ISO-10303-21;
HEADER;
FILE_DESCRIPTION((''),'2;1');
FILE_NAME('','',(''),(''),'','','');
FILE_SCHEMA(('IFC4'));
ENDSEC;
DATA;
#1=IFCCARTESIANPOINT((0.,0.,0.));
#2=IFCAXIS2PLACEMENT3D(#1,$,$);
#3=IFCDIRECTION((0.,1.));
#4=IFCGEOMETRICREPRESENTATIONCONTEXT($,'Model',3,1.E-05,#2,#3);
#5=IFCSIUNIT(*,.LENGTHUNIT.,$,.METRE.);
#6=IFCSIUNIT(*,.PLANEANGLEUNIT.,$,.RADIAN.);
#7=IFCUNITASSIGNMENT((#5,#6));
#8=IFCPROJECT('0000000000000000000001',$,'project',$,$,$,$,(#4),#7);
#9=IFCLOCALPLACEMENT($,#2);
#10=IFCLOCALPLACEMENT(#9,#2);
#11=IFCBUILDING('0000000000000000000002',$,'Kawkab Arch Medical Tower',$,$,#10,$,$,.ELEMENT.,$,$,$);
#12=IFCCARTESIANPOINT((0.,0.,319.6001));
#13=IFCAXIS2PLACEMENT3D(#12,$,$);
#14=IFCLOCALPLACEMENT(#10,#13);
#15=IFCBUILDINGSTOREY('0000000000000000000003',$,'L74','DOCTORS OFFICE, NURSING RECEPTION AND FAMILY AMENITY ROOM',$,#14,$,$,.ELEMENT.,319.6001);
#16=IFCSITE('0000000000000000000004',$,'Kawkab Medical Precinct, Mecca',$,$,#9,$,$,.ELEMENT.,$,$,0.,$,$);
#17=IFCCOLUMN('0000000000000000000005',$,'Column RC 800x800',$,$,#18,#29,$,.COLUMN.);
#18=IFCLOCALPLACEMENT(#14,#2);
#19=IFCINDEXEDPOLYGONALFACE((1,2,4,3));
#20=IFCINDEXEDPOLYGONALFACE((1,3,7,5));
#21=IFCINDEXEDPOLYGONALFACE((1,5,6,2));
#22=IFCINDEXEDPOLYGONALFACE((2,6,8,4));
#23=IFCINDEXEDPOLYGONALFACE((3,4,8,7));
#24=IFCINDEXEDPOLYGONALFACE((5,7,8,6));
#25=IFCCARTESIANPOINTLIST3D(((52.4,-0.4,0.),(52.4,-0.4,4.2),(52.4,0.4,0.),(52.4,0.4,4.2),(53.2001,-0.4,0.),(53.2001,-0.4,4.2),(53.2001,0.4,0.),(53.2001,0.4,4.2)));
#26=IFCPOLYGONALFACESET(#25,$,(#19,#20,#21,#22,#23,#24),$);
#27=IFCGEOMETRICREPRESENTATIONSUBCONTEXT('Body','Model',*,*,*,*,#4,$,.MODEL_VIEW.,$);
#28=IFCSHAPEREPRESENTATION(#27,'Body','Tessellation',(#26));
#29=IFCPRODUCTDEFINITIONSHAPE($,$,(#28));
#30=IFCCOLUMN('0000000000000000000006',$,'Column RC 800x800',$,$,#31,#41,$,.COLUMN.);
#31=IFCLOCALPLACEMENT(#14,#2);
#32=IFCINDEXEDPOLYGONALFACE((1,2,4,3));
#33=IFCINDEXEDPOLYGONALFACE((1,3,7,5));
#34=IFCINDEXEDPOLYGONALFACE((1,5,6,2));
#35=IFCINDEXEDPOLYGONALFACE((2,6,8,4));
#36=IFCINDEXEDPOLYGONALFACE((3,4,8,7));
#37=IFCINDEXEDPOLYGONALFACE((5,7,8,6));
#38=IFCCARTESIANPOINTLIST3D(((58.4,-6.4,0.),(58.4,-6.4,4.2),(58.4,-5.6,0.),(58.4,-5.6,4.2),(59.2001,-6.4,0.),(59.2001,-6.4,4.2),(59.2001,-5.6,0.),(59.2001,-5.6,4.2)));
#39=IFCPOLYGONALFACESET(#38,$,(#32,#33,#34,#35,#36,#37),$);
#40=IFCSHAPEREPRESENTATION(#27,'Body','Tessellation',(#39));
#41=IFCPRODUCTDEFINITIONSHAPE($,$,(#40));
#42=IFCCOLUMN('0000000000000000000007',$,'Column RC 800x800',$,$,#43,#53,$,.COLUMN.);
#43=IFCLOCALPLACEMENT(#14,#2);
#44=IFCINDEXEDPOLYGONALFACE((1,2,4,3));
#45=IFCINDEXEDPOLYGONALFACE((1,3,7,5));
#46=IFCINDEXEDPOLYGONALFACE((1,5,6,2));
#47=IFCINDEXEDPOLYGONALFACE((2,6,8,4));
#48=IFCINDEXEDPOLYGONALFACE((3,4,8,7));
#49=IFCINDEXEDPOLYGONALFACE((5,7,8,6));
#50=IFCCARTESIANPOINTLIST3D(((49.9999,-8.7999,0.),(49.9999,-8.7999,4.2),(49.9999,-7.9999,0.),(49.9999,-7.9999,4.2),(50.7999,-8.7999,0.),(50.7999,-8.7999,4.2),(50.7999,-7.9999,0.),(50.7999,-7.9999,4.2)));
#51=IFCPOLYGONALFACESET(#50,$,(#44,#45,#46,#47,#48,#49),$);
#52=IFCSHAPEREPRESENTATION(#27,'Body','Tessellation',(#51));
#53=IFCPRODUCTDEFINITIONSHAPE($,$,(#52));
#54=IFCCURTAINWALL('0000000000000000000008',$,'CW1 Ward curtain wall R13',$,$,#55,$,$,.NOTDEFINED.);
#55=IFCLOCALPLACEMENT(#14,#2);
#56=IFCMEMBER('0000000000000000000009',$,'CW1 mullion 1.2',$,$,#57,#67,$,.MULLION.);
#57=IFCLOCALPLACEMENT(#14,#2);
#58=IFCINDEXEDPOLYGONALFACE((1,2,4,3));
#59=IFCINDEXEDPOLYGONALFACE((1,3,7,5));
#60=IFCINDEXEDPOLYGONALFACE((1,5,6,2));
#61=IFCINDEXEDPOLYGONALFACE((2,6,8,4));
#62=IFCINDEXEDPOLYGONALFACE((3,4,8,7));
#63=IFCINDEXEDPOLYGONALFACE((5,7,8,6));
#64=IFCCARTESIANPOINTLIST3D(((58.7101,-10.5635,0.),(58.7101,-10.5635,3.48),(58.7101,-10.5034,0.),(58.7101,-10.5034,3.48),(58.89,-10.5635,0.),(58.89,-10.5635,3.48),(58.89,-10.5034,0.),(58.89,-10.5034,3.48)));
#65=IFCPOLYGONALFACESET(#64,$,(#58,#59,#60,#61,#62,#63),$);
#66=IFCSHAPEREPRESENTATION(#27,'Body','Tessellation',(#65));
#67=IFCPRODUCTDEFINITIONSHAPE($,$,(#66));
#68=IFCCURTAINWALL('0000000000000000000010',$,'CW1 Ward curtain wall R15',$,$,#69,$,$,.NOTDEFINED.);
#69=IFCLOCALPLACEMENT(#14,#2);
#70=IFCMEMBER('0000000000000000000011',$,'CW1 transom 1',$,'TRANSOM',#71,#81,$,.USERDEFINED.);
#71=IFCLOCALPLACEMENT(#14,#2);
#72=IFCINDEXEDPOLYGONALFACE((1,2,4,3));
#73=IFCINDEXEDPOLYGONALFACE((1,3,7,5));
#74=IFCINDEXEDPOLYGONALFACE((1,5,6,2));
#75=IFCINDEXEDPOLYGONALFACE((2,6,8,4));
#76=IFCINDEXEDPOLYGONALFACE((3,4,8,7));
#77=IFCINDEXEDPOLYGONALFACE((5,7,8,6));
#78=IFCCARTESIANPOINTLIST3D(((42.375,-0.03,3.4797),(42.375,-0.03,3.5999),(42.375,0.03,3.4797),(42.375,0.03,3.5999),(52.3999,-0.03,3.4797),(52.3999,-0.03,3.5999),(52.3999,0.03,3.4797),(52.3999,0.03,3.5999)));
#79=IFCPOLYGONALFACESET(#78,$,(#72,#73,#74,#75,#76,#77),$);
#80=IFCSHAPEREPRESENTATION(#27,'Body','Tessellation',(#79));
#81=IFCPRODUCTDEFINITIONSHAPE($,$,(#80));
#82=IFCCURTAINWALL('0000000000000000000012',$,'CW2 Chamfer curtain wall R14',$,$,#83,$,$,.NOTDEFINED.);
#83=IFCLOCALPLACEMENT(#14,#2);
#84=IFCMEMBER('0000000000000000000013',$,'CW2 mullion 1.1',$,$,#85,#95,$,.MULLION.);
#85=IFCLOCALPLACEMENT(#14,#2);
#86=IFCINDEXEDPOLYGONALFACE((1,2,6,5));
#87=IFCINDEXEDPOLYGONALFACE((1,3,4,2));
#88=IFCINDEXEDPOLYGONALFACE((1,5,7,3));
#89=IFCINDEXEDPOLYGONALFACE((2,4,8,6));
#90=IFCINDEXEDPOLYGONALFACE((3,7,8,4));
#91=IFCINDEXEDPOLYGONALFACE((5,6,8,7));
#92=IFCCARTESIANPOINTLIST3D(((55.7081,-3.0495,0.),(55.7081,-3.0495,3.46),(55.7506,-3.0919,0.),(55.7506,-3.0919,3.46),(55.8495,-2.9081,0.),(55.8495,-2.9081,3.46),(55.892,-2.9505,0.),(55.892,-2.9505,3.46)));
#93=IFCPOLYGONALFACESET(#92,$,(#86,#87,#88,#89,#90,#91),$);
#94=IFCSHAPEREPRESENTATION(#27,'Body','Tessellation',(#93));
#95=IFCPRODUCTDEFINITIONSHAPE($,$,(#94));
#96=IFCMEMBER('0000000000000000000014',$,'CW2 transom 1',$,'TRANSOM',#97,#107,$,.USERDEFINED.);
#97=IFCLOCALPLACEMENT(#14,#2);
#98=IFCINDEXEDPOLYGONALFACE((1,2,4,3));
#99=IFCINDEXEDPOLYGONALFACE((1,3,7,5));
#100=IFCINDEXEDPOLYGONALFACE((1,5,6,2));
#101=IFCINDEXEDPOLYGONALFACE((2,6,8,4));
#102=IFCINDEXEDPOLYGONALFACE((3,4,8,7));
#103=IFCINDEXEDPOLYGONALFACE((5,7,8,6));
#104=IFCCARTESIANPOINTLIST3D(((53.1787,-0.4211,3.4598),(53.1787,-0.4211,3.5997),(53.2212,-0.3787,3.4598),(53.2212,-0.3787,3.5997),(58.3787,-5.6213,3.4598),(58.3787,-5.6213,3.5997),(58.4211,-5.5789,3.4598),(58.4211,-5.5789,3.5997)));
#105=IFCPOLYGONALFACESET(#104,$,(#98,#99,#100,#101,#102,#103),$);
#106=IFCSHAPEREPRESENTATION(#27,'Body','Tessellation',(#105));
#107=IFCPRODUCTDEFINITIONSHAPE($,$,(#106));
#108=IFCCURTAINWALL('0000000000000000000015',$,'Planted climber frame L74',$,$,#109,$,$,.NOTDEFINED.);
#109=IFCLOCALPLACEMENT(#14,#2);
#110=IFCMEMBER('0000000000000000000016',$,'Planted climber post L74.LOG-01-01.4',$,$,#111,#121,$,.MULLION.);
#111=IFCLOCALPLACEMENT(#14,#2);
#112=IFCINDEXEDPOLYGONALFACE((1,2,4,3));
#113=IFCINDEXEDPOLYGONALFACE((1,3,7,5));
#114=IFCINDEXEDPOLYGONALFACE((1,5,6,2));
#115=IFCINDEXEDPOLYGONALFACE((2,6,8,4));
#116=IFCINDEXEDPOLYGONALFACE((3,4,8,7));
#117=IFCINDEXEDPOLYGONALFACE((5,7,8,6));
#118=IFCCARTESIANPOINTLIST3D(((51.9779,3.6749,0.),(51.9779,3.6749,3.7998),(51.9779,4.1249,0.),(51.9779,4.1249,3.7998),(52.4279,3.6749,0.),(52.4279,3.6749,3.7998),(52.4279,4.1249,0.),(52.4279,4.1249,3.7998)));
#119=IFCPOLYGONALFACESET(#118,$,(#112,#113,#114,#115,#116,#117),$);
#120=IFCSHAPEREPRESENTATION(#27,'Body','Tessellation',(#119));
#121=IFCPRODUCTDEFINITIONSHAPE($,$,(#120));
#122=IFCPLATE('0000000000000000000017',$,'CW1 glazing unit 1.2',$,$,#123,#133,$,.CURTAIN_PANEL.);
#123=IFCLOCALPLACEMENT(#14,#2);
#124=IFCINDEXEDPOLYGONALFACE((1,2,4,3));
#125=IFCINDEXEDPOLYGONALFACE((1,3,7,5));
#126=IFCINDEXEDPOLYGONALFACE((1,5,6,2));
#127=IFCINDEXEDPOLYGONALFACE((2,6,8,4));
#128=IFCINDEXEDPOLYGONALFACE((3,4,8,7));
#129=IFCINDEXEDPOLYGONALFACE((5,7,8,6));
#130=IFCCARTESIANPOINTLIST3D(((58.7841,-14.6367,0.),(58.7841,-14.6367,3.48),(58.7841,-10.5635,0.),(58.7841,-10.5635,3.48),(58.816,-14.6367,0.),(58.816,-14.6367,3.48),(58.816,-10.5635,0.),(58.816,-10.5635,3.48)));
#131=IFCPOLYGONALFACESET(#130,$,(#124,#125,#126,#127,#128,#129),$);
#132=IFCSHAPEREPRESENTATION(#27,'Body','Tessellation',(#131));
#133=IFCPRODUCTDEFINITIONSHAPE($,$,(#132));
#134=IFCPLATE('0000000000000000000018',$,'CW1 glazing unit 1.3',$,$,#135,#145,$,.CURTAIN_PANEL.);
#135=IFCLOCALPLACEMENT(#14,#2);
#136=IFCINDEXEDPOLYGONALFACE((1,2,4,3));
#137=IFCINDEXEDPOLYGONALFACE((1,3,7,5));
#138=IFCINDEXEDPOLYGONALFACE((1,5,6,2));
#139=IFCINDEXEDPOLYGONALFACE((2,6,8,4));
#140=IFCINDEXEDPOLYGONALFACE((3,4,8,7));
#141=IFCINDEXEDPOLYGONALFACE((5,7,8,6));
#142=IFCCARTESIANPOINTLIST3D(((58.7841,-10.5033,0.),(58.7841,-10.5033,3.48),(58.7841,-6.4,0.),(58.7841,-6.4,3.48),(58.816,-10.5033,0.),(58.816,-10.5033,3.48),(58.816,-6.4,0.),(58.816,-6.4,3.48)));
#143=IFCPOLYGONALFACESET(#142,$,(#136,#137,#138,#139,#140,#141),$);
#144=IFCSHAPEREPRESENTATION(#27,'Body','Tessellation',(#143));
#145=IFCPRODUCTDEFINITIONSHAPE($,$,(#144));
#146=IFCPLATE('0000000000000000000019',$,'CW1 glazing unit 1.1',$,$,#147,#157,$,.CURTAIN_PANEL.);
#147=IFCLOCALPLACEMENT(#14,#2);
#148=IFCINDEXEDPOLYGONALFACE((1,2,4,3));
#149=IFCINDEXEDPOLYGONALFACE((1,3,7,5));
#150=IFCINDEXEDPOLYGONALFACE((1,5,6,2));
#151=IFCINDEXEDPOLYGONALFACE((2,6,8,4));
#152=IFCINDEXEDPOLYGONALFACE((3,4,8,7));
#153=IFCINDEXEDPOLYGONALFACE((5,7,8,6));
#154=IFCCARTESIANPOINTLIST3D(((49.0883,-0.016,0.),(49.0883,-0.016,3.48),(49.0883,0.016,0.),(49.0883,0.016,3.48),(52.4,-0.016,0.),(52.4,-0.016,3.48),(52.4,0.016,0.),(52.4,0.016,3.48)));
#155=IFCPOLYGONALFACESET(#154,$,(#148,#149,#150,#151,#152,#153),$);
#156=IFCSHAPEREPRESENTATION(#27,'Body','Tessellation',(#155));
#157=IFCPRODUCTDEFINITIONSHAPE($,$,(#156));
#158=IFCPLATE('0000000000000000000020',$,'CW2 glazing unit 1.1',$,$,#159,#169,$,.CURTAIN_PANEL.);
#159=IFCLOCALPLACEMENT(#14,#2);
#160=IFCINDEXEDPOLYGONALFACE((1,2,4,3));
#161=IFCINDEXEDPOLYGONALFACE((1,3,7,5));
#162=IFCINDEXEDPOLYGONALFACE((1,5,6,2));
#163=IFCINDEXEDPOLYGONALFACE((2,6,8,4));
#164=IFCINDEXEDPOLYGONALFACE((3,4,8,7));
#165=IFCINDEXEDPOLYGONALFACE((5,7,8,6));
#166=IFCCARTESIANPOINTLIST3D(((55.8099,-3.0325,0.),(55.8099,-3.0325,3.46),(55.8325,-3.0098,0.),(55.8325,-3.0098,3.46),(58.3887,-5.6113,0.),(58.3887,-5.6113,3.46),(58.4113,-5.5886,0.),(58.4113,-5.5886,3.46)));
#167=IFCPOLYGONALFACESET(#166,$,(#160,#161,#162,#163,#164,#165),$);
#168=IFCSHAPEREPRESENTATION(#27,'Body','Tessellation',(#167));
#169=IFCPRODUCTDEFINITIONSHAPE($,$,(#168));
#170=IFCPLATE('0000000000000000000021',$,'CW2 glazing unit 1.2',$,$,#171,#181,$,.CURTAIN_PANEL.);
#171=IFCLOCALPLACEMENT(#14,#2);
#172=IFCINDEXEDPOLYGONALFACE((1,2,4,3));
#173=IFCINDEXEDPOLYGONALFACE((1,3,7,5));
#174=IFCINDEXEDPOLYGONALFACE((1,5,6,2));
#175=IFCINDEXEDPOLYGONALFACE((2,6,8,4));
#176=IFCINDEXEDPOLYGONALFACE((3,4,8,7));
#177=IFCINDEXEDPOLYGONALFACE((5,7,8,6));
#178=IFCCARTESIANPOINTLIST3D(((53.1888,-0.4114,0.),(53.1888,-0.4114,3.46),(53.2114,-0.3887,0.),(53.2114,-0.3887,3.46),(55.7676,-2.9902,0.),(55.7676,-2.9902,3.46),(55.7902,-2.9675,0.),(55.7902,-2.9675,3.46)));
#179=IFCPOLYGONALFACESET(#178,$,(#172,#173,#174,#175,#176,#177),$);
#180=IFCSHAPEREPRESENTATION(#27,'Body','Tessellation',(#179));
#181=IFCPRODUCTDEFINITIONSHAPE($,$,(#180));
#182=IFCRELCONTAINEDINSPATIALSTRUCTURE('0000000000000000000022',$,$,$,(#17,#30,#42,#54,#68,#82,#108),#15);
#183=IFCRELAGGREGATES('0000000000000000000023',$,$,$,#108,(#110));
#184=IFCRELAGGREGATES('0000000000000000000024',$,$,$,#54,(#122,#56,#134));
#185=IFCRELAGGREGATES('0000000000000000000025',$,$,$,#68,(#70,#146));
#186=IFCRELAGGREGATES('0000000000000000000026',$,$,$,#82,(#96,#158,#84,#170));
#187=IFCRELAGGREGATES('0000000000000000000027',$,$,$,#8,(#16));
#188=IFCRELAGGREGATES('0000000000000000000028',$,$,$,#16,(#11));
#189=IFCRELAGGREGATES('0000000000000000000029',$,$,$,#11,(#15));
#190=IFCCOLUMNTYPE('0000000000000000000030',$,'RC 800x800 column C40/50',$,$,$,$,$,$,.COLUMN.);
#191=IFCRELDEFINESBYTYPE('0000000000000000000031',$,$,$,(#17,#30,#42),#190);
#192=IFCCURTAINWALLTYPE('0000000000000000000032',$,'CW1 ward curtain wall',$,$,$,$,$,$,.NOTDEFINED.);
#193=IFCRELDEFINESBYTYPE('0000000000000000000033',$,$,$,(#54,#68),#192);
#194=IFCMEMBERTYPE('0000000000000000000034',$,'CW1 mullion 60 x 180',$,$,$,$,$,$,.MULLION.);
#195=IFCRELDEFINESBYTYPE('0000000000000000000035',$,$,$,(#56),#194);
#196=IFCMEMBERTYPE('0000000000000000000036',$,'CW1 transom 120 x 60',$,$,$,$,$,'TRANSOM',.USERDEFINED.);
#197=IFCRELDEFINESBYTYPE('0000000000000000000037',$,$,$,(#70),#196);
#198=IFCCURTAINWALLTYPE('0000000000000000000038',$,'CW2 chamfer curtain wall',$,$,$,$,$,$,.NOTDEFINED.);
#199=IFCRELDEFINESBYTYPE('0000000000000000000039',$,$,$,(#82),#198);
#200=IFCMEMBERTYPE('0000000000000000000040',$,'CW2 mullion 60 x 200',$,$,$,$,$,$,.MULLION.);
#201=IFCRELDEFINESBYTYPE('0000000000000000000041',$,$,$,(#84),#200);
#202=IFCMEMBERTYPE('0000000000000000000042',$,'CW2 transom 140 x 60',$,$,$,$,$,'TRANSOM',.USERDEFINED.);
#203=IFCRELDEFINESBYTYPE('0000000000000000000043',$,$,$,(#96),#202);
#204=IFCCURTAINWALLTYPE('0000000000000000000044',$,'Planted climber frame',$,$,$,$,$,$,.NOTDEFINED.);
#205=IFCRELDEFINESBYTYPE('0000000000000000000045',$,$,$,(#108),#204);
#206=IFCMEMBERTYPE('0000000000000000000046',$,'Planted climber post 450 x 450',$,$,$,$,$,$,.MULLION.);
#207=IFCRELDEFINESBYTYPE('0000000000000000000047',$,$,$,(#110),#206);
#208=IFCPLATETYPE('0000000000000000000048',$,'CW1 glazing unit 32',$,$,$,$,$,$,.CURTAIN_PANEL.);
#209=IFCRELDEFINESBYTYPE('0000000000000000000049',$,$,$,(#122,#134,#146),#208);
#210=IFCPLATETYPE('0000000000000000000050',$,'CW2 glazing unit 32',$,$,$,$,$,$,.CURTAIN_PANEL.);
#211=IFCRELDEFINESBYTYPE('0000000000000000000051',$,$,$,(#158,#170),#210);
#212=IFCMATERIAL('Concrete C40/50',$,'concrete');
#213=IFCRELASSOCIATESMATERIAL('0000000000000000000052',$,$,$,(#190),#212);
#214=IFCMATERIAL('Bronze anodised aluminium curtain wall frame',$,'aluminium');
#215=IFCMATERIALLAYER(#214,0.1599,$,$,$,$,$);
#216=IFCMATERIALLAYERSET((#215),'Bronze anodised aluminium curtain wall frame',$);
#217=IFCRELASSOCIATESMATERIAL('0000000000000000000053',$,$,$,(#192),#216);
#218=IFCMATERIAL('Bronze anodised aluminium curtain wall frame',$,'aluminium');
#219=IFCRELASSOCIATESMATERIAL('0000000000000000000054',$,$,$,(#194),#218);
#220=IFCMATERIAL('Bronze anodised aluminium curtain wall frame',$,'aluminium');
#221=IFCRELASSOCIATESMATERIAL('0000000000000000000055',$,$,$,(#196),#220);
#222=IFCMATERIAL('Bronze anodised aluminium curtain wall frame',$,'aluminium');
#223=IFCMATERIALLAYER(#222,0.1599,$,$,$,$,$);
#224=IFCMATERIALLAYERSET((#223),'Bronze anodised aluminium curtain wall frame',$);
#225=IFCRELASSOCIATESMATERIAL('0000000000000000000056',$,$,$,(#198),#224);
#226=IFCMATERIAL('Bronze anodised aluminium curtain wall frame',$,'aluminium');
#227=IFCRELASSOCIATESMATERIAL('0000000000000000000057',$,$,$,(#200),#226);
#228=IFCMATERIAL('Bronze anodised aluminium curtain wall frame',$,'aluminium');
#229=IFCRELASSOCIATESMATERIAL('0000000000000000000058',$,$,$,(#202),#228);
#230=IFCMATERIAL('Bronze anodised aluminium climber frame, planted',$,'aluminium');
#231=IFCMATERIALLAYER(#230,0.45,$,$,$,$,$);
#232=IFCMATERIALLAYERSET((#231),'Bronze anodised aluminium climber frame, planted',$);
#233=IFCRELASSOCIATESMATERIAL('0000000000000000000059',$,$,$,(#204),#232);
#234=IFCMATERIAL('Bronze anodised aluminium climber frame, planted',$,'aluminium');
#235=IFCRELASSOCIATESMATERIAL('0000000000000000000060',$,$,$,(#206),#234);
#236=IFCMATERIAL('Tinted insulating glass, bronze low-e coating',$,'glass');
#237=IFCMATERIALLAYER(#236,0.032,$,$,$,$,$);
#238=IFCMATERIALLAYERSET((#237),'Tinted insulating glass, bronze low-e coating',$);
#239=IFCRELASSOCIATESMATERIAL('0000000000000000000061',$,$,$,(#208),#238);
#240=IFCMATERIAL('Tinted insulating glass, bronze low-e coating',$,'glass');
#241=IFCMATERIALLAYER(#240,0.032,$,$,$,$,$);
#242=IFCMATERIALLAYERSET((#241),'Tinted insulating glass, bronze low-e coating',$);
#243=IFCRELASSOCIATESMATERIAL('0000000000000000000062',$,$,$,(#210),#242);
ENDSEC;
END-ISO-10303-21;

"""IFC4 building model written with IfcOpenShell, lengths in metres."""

from ifc_helpers import new_model, si_unit, direction, frame, origin, origin_2d, place, context, subcontext, project, spatial, rectangle, extrude, material, layer, layer_set, material_profile, profile_set, type_object, element, aggregate, save


model = new_model("IFC4")

# Units and contexts
model_context = context("Model", 3, precision=1e-05, world=origin(), true_north=direction((0.0, 1.0)))
body_context = subcontext(model_context, "Body", "Model", "MODEL_VIEW")
ifc_project = project(units=[si_unit("LENGTHUNIT", "METRE"), si_unit("PLANEANGLEUNIT", "RADIAN")], contexts=[model_context])

# Site, building, storey
site_placement = place(None, origin())
site = spatial("IfcSite", under=ifc_project, at=site_placement, Name="Kawkab Medical Precinct, Mecca", CompositionType="ELEMENT", RefElevation=0.0)
building_placement = place(site_placement, origin())
building = spatial("IfcBuilding", under=site, at=building_placement, Name="Kawkab Arch Medical Tower", CompositionType="ELEMENT")
storey_placement = place(building_placement, frame((0.0, 0.0, 319.6001)))
storey = spatial("IfcBuildingStorey", under=building, at=storey_placement, Name="L74", Description="DOCTORS OFFICE, NURSING RECEPTION AND FAMILY AMENITY ROOM", CompositionType="ELEMENT", Elevation=319.6001)

# Columns
ifc_material_1 = material(Name="Concrete C40/50", Category="concrete")
ifc_material_profile_1 = material_profile(ifc_material_1, rectangle(XDim=0.8, YDim=0.8, at=origin_2d()), Name="RC 800x800")
ifc_profile_set_1 = profile_set([ifc_material_profile_1], Name="Concrete C40/50")
column_type = type_object("IfcColumnType", Name="RC 800x800 column C40/50", PredefinedType="COLUMN", material=ifc_profile_set_1)
for number, where, z_axis, x_axis, name in (
    (1, (52.8, 0.0, 0.0), (0.0, 0.0, 1.0), (1.0, 0.0, 0.0), "Column RC 800x800"),
    (2, (58.8, -6.0, 0.0), (0.0, 0.0, 1.0), (1.0, 0.0, 0.0), "Column RC 800x800"),
    (3, (50.3999, -8.3999, 0.0), (0.0, 0.0, 1.0), (1.0, 0.0, 0.0), "Column RC 800x800"),
):
    element("IfcColumn", number, at=place(storey_placement, frame(where, z_axis=z_axis, x_axis=x_axis)), inside=storey, type_object=column_type, Name=name, PredefinedType="COLUMN", context=body_context, shape_type="SweptSolid", body=[
        extrude(rectangle(XDim=0.8, YDim=0.8, at=origin_2d()), origin(), (0.0, 0.0, 1.0), 4.2),
    ])

# Curtain walls, members
ifc_material_2 = material(Name="Bronze anodised aluminium curtain wall frame", Category="aluminium")
ifc_layer_1 = layer(ifc_material_2, 0.1599)
ifc_layer_set_1 = layer_set([ifc_layer_1], Name="Bronze anodised aluminium curtain wall frame")
curtain_wall_type_1 = type_object("IfcCurtainWallType", Name="CW1 ward curtain wall", PredefinedType="NOTDEFINED", material=ifc_layer_set_1)
placement = place(storey_placement, origin())
curtain_wall_1 = element("IfcCurtainWall", 4, at=placement, inside=storey, type_object=curtain_wall_type_1, Name="CW1 Ward curtain wall R13", PredefinedType="NOTDEFINED")
ifc_material_3 = material(Name="Bronze anodised aluminium curtain wall frame", Category="aluminium")
ifc_material_profile_2 = material_profile(ifc_material_3, rectangle(XDim=0.1799, YDim=0.0601, at=origin_2d()), Name="AL 60x180")
ifc_profile_set_2 = profile_set([ifc_material_profile_2], Name="Bronze anodised aluminium curtain wall frame")
member_type_1 = type_object("IfcMemberType", Name="CW1 mullion 60 x 180", PredefinedType="MULLION", material=ifc_profile_set_2)
member_1_placement = place(storey_placement, frame((58.8, -10.5334, 0.0), z_axis=(0.0, 0.0, 1.0), x_axis=(-1.0, 0.0, 0.0)))
member_1 = element("IfcMember", 5, at=member_1_placement, type_object=member_type_1, Name="CW1 mullion 1.2", PredefinedType="MULLION", context=body_context, shape_type="SweptSolid", body=[
    extrude(rectangle(XDim=0.1799, YDim=0.0601, at=origin_2d()), origin(), (0.0, 0.0, 1.0), 3.48),
])
curtain_wall_2 = element("IfcCurtainWall", 6, at=placement, inside=storey, type_object=curtain_wall_type_1, Name="CW1 Ward curtain wall R15", PredefinedType="NOTDEFINED")
ifc_material_4 = material(Name="Bronze anodised aluminium curtain wall frame", Category="aluminium")
ifc_material_profile_3 = material_profile(ifc_material_4, rectangle(XDim=0.0601, YDim=0.1201, at=origin_2d()), Name="AL 60x120")
ifc_profile_set_3 = profile_set([ifc_material_profile_3], Name="Bronze anodised aluminium curtain wall frame")
member_type_2 = type_object("IfcMemberType", Name="CW1 transom 120 x 60", ElementType="TRANSOM", PredefinedType="USERDEFINED", material=ifc_profile_set_3)
member_2_placement = place(storey_placement, frame((52.3999, 0.0, 3.5398), z_axis=(-1.0, 0.0, 0.0), x_axis=(0.0, -1.0, 0.0)))
member_2 = element("IfcMember", 7, at=member_2_placement, type_object=member_type_2, Name="CW1 transom 1", ObjectType="TRANSOM", PredefinedType="USERDEFINED", context=body_context, shape_type="SweptSolid", body=[
    extrude(rectangle(XDim=0.0601, YDim=0.1201, at=origin_2d()), origin(), (0.0, 0.0, 1.0), 10.0249),
])

# Curtain wall, members
ifc_material_5 = material(Name="Bronze anodised aluminium curtain wall frame", Category="aluminium")
ifc_layer_2 = layer(ifc_material_5, 0.1599)
ifc_layer_set_2 = layer_set([ifc_layer_2], Name="Bronze anodised aluminium curtain wall frame")
curtain_wall_type_2 = type_object("IfcCurtainWallType", Name="CW2 chamfer curtain wall", PredefinedType="NOTDEFINED", material=ifc_layer_set_2)
curtain_wall_3 = element("IfcCurtainWall", 8, at=placement, inside=storey, type_object=curtain_wall_type_2, Name="CW2 Chamfer curtain wall R14", PredefinedType="NOTDEFINED")
ifc_material_6 = material(Name="Bronze anodised aluminium curtain wall frame", Category="aluminium")
ifc_material_profile_4 = material_profile(ifc_material_6, rectangle(XDim=0.2, YDim=0.0601, at=origin_2d()), Name="AL 60x200")
ifc_profile_set_4 = profile_set([ifc_material_profile_4], Name="Bronze anodised aluminium curtain wall frame")
member_type_3 = type_object("IfcMemberType", Name="CW2 mullion 60 x 200", PredefinedType="MULLION", material=ifc_profile_set_4)
member_3_placement = place(storey_placement, frame((55.8, -3.0, 0.0), z_axis=(0.0, 0.0, 1.0), x_axis=(-0.707107, -0.707107, 0.0)))
member_3 = element("IfcMember", 9, at=member_3_placement, type_object=member_type_3, Name="CW2 mullion 1.1", PredefinedType="MULLION", context=body_context, shape_type="SweptSolid", body=[
    extrude(rectangle(XDim=0.2, YDim=0.0601, at=origin_2d()), origin(), (0.0, 0.0, 1.0), 3.46),
])
ifc_material_7 = material(Name="Bronze anodised aluminium curtain wall frame", Category="aluminium")
ifc_material_profile_5 = material_profile(ifc_material_7, rectangle(XDim=0.0601, YDim=0.1399, at=origin_2d()), Name="AL 60x140")
ifc_profile_set_5 = profile_set([ifc_material_profile_5], Name="Bronze anodised aluminium curtain wall frame")
member_type_4 = type_object("IfcMemberType", Name="CW2 transom 140 x 60", ElementType="TRANSOM", PredefinedType="USERDEFINED", material=ifc_profile_set_5)
member_4_placement = place(storey_placement, frame((58.3999, -5.6001, 3.5298), z_axis=(-0.70709, 0.707123, 0.0), x_axis=(-0.707123, -0.70709, 0.0)))
member_4 = element("IfcMember", 10, at=member_4_placement, type_object=member_type_4, Name="CW2 transom 1", ObjectType="TRANSOM", PredefinedType="USERDEFINED", context=body_context, shape_type="SweptSolid", body=[
    extrude(rectangle(XDim=0.0601, YDim=0.1399, at=origin_2d()), origin(), (0.0, 0.0, 1.0), 7.354),
])

# Curtain wall, member
ifc_material_8 = material(Name="Bronze anodised aluminium climber frame, planted", Category="aluminium")
ifc_layer_3 = layer(ifc_material_8, 0.45)
ifc_layer_set_3 = layer_set([ifc_layer_3], Name="Bronze anodised aluminium climber frame, planted")
curtain_wall_type_3 = type_object("IfcCurtainWallType", Name="Planted climber frame", PredefinedType="NOTDEFINED", material=ifc_layer_set_3)
curtain_wall_4 = element("IfcCurtainWall", 11, at=placement, inside=storey, type_object=curtain_wall_type_3, Name="Planted climber frame L74", PredefinedType="NOTDEFINED")
ifc_material_9 = material(Name="Bronze anodised aluminium climber frame, planted", Category="aluminium")
ifc_material_profile_6 = material_profile(ifc_material_9, rectangle(XDim=0.45, YDim=0.45, at=origin_2d()), Name="Post 450x450")
ifc_profile_set_6 = profile_set([ifc_material_profile_6], Name="Bronze anodised aluminium climber frame, planted")
member_type_5 = type_object("IfcMemberType", Name="Planted climber post 450 x 450", PredefinedType="MULLION", material=ifc_profile_set_6)
member_5_placement = place(storey_placement, frame((52.2029, 3.8999, 0.0), z_axis=(0.0, 0.0, 1.0), x_axis=(1.0, 0.0, 0.0)))
member_5 = element("IfcMember", 12, at=member_5_placement, type_object=member_type_5, Name="Planted climber post L74.LOG-01-01.4", PredefinedType="MULLION", context=body_context, shape_type="SweptSolid", body=[
    extrude(rectangle(XDim=0.45, YDim=0.45, at=origin_2d()), origin(), (0.0, 0.0, 1.0), 3.7998),
])
aggregate(curtain_wall_4, [member_5])

# Plates
ifc_material_10 = material(Name="Tinted insulating glass, bronze low-e coating", Category="glass")
ifc_layer_4 = layer(ifc_material_10, 0.032)
ifc_layer_set_4 = layer_set([ifc_layer_4], Name="Tinted insulating glass, bronze low-e coating")
plate_type_1 = type_object("IfcPlateType", Name="CW1 glazing unit 32", PredefinedType="CURTAIN_PANEL", material=ifc_layer_set_4)
plate_1_placement = place(storey_placement, frame((58.8, -12.6001, 0.0), z_axis=(0.0, 0.0, 1.0), x_axis=(0.0, 1.0, 0.0)))
plate_1 = element("IfcPlate", 13, at=plate_1_placement, type_object=plate_type_1, Name="CW1 glazing unit 1.2", PredefinedType="CURTAIN_PANEL", context=body_context, shape_type="SweptSolid", body=[
    extrude(rectangle(XDim=4.0732, YDim=0.032, at=origin_2d()), origin(), (0.0, 0.0, 1.0), 3.48),
])
plate_2_placement = place(storey_placement, frame((58.8, -8.4517, 0.0), z_axis=(0.0, 0.0, 1.0), x_axis=(0.0, 1.0, 0.0)))
plate_2 = element("IfcPlate", 14, at=plate_2_placement, type_object=plate_type_1, Name="CW1 glazing unit 1.3", PredefinedType="CURTAIN_PANEL", context=body_context, shape_type="SweptSolid", body=[
    extrude(rectangle(XDim=4.1033, YDim=0.032, at=origin_2d()), origin(), (0.0, 0.0, 1.0), 3.48),
])
aggregate(curtain_wall_1, [plate_1, member_1, plate_2])
plate_3_placement = place(storey_placement, frame((50.7441, 0.0, 0.0), z_axis=(0.0, 0.0, 1.0), x_axis=(-1.0, 0.0, 0.0)))
plate_3 = element("IfcPlate", 15, at=plate_3_placement, type_object=plate_type_1, Name="CW1 glazing unit 1.1", PredefinedType="CURTAIN_PANEL", context=body_context, shape_type="SweptSolid", body=[
    extrude(rectangle(XDim=3.3118, YDim=0.032, at=origin_2d()), origin(), (0.0, 0.0, 1.0), 3.48),
])
aggregate(curtain_wall_2, [member_2, plate_3])
ifc_material_11 = material(Name="Tinted insulating glass, bronze low-e coating", Category="glass")
ifc_layer_5 = layer(ifc_material_11, 0.032)
ifc_layer_set_5 = layer_set([ifc_layer_5], Name="Tinted insulating glass, bronze low-e coating")
plate_type_2 = type_object("IfcPlateType", Name="CW2 glazing unit 32", PredefinedType="CURTAIN_PANEL", material=ifc_layer_set_5)
plate_4_placement = place(storey_placement, frame((57.1106, -4.3105, 0.0), z_axis=(0.0, 0.0, 1.0), x_axis=(-0.707107, 0.707107, 0.0)))
plate_4 = element("IfcPlate", 16, at=plate_4_placement, type_object=plate_type_2, Name="CW2 glazing unit 1.1", PredefinedType="CURTAIN_PANEL", context=body_context, shape_type="SweptSolid", body=[
    extrude(rectangle(XDim=3.647, YDim=0.032, at=origin_2d()), origin(), (0.0, 0.0, 1.0), 3.46),
])
plate_5_placement = place(storey_placement, frame((54.4895, -1.6895, 0.0), z_axis=(0.0, 0.0, 1.0), x_axis=(-0.707107, 0.707107, 0.0)))
plate_5 = element("IfcPlate", 17, at=plate_5_placement, type_object=plate_type_2, Name="CW2 glazing unit 1.2", PredefinedType="CURTAIN_PANEL", context=body_context, shape_type="SweptSolid", body=[
    extrude(rectangle(XDim=3.647, YDim=0.032, at=origin_2d()), origin(), (0.0, 0.0, 1.0), 3.46),
])
aggregate(curtain_wall_3, [member_4, plate_4, member_3, plate_5])

save(model, "model.ifc")
